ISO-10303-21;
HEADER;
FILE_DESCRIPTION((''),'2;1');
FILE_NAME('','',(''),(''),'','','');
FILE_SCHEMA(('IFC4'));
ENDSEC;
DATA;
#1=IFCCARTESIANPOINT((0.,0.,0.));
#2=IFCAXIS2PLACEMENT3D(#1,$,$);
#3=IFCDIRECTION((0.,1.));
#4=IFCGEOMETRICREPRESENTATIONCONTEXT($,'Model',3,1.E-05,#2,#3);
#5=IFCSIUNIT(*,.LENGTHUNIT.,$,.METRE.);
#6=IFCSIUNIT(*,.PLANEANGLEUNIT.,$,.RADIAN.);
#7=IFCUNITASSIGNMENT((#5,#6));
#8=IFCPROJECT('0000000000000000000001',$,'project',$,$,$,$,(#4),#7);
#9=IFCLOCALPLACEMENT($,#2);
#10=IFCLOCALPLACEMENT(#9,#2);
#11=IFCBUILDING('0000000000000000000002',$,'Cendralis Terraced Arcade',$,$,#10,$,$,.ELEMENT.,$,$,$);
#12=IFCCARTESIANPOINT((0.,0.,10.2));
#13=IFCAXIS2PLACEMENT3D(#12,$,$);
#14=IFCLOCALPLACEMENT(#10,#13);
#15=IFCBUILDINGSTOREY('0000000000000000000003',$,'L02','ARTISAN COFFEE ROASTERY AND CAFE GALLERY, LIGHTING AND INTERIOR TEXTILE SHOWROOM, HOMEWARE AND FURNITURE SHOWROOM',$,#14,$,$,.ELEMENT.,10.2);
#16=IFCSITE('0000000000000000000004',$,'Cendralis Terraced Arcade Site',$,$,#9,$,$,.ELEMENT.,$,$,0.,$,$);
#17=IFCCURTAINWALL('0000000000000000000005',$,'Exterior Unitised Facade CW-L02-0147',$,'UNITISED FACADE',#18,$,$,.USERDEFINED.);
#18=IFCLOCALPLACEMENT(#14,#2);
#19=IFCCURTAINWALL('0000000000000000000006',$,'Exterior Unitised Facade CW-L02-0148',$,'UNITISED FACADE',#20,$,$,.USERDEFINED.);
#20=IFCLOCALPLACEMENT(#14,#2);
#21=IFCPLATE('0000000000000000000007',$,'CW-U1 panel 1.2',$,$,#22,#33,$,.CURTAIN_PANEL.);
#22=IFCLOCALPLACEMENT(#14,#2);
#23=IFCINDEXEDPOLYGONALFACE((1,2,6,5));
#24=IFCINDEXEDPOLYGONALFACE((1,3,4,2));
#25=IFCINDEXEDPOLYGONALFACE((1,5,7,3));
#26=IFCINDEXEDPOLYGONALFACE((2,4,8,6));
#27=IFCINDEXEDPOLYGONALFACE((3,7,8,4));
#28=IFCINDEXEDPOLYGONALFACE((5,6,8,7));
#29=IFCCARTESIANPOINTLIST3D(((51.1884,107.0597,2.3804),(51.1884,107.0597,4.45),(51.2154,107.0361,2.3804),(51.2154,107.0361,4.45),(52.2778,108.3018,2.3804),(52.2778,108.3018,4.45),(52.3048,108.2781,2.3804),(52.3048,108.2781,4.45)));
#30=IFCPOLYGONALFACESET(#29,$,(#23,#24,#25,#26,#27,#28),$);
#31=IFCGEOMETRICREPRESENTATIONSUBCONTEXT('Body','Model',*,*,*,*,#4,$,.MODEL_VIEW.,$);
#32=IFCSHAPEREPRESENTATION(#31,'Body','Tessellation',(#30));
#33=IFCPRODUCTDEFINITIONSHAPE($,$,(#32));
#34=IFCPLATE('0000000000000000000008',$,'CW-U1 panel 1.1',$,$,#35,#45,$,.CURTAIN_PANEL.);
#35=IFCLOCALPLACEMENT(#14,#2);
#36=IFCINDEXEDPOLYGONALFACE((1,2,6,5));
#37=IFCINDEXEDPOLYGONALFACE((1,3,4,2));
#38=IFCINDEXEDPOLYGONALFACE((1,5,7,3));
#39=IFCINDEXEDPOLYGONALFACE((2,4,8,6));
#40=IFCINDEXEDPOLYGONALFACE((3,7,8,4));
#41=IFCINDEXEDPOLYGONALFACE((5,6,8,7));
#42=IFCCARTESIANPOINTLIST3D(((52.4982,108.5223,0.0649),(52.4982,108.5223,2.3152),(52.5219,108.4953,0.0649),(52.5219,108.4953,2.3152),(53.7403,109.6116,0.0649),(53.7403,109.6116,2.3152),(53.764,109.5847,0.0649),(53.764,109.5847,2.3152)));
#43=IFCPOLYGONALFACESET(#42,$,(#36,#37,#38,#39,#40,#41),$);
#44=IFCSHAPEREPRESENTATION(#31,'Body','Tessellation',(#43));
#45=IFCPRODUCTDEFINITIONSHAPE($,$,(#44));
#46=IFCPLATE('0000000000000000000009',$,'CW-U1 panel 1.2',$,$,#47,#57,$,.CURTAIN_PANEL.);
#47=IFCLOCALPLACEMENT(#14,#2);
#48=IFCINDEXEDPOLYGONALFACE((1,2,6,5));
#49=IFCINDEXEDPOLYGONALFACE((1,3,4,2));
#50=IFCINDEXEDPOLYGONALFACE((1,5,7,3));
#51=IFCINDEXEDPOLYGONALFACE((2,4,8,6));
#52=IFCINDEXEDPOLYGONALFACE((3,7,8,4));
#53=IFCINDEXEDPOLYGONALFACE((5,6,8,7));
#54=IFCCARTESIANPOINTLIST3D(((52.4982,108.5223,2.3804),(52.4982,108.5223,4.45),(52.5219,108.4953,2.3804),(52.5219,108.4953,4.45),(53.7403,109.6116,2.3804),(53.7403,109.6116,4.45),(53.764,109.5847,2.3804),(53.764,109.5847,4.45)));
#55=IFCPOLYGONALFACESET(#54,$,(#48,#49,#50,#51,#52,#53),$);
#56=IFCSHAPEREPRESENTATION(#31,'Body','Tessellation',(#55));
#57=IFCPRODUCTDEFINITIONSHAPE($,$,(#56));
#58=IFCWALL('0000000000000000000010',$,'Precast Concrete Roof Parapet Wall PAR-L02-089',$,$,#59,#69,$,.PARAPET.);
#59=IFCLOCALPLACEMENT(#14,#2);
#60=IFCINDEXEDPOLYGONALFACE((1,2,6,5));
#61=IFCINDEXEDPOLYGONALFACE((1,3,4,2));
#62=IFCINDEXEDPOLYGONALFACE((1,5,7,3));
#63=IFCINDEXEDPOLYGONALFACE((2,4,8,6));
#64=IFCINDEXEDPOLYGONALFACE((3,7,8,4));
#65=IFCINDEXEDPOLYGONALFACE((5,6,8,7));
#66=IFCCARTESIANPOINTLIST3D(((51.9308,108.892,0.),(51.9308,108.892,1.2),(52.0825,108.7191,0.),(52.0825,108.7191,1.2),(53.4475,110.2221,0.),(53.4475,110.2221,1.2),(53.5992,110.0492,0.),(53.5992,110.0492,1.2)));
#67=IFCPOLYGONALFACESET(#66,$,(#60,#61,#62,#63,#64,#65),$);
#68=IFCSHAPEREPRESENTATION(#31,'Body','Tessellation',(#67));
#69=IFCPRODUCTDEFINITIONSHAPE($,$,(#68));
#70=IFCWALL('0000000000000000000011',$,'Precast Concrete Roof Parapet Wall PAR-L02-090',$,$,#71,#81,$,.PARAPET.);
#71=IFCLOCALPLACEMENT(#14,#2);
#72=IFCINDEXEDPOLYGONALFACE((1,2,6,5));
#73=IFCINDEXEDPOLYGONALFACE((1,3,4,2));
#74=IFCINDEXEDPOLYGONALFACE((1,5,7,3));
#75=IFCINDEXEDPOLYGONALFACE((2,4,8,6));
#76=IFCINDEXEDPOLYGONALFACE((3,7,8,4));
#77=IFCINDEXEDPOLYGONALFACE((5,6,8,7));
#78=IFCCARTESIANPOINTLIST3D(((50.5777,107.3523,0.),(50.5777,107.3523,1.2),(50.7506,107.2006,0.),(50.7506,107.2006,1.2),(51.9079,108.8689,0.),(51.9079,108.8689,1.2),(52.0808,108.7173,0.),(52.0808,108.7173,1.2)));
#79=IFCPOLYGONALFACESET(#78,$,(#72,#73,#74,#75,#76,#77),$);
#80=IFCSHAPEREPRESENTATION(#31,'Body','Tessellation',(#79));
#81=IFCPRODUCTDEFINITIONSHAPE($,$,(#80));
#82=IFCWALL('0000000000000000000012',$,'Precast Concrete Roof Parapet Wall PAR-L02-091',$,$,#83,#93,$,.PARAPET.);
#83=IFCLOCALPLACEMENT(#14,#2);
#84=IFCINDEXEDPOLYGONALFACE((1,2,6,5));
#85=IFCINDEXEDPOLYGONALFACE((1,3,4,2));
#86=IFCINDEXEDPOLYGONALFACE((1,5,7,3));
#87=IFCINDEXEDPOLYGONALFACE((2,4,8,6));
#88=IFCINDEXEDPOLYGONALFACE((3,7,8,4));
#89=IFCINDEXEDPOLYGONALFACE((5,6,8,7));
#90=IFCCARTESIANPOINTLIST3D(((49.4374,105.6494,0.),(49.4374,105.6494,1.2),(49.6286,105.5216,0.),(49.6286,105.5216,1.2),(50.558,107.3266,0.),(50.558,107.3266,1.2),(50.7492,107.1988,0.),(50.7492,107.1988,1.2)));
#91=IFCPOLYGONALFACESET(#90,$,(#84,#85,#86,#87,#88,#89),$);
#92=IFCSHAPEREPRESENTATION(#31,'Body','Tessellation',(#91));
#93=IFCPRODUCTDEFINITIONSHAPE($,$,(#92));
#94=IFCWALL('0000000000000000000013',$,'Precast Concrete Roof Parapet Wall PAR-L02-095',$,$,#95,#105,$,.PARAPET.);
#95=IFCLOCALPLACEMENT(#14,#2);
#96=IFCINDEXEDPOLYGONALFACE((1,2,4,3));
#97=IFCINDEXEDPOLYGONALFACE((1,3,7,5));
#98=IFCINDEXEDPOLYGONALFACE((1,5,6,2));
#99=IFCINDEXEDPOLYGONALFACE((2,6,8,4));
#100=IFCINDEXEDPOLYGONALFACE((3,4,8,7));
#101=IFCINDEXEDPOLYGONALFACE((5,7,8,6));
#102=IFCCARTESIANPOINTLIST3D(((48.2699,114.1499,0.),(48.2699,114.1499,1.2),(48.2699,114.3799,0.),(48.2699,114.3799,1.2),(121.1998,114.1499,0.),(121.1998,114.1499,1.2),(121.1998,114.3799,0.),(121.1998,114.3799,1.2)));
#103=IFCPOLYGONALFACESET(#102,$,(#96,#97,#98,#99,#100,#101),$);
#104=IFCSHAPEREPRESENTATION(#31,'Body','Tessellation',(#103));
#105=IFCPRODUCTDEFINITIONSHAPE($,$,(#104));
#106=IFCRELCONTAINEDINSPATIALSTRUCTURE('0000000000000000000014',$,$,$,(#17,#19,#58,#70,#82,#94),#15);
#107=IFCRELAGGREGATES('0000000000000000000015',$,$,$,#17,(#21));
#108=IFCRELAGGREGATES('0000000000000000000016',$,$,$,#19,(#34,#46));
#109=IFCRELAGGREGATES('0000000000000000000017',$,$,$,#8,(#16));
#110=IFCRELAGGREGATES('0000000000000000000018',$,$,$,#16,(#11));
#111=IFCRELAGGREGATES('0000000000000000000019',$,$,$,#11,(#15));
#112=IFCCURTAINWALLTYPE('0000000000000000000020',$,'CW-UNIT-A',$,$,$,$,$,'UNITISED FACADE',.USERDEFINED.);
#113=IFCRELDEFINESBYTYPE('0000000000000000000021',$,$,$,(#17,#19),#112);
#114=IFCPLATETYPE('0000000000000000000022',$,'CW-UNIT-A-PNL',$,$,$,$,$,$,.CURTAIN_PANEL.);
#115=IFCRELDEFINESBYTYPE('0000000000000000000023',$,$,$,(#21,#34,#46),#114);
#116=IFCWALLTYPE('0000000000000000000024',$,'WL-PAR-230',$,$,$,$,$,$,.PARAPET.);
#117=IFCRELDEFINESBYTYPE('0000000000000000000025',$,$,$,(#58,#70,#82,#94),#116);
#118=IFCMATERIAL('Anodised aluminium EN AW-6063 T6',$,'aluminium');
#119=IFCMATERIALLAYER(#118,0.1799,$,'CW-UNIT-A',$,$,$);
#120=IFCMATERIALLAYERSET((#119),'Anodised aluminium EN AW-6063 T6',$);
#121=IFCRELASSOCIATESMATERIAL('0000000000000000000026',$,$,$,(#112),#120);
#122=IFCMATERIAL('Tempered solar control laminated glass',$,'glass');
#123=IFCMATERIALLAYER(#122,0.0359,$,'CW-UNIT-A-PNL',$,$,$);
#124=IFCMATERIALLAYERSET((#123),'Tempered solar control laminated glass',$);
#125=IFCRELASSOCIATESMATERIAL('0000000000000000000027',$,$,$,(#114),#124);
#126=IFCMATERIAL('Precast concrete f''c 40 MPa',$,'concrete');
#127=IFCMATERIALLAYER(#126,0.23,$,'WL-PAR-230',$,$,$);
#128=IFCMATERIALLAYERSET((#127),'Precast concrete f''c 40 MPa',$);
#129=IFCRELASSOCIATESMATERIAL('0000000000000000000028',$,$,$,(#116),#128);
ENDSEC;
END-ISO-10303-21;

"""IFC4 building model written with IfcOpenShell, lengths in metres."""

from ifc_helpers import new_model, si_unit, direction, frame, frame_2d, origin, origin_2d, place, context, subcontext, project, spatial, rectangle, extrude, material, layer, layer_set, type_object, element, aggregate, save


model = new_model("IFC4")

# Units and contexts
model_context = context("Model", 3, precision=1e-05, world=origin(), true_north=direction((0.0, 1.0)))
body_context = subcontext(model_context, "Body", "Model", "MODEL_VIEW")
ifc_project = project(units=[si_unit("LENGTHUNIT", "METRE"), si_unit("PLANEANGLEUNIT", "RADIAN")], contexts=[model_context])

# Site, building, storey
site_placement = place(None, origin())
site = spatial("IfcSite", under=ifc_project, at=site_placement, Name="Cendralis Terraced Arcade Site", CompositionType="ELEMENT", RefElevation=0.0)
building_placement = place(site_placement, origin())
building = spatial("IfcBuilding", under=site, at=building_placement, Name="Cendralis Terraced Arcade", CompositionType="ELEMENT")
storey_placement = place(building_placement, frame((0.0, 0.0, 10.2)))
storey = spatial("IfcBuildingStorey", under=building, at=storey_placement, Name="L02", Description="ARTISAN COFFEE ROASTERY AND CAFE GALLERY, LIGHTING AND INTERIOR TEXTILE SHOWROOM, HOMEWARE AND FURNITURE SHOWROOM", CompositionType="ELEMENT", Elevation=10.2)

# Shared definitions
ifc_material_1 = material(Name="Anodised aluminium EN AW-6063 T6", Category="aluminium")
ifc_layer_1 = layer(ifc_material_1, 0.1799, Name="CW-UNIT-A")
ifc_layer_set_1 = layer_set([ifc_layer_1], Name="Anodised aluminium EN AW-6063 T6")
curtain_wall_type = type_object("IfcCurtainWallType", Name="CW-UNIT-A", ElementType="UNITISED FACADE", PredefinedType="USERDEFINED", material=ifc_layer_set_1)

# Curtain walls
curtain_wall_1_placement = place(storey_placement, origin())
curtain_wall_1 = element("IfcCurtainWall", 1, at=curtain_wall_1_placement, inside=storey, type_object=curtain_wall_type, Name="Exterior Unitised Facade CW-L02-0147", ObjectType="UNITISED FACADE", PredefinedType="USERDEFINED")
curtain_wall_2_placement = place(storey_placement, origin())
curtain_wall_2 = element("IfcCurtainWall", 2, at=curtain_wall_2_placement, inside=storey, type_object=curtain_wall_type, Name="Exterior Unitised Facade CW-L02-0148", ObjectType="UNITISED FACADE", PredefinedType="USERDEFINED")

# Plates
ifc_material_2 = material(Name="Tempered solar control laminated glass", Category="glass")
ifc_layer_2 = layer(ifc_material_2, 0.0359, Name="CW-UNIT-A-PNL")
ifc_layer_set_2 = layer_set([ifc_layer_2], Name="Tempered solar control laminated glass")
plate_type = type_object("IfcPlateType", Name="CW-UNIT-A-PNL", PredefinedType="CURTAIN_PANEL", material=ifc_layer_set_2)
plate_1_placement = place(storey_placement, frame((51.7466, 107.6689, 2.3804), z_axis=(0.0, 0.0, 1.0), x_axis=(0.659386, 0.751804, 0.0)))
plate_1 = element("IfcPlate", 3, at=plate_1_placement, type_object=plate_type, Name="CW-U1 panel 1.2", PredefinedType="CURTAIN_PANEL", context=body_context, shape_type="SweptSolid", body=[
    extrude(rectangle(XDim=1.6521, YDim=0.0359, at=origin_2d()), origin(), (0.0, 0.0, 1.0), 2.0696),
])
aggregate(curtain_wall_1, [plate_1])
plate_2_placement = place(storey_placement, frame((53.1311, 109.0535, 0.0649), z_axis=(0.0, 0.0, 1.0), x_axis=(0.751804, 0.659386, 0.0)))
plate_2 = element("IfcPlate", 4, at=plate_2_placement, type_object=plate_type, Name="CW-U1 panel 1.1", PredefinedType="CURTAIN_PANEL", context=body_context, shape_type="SweptSolid", body=[
    extrude(rectangle(XDim=1.6521, YDim=0.0359, at=origin_2d()), origin(), (0.0, 0.0, 1.0), 2.2502),
])
plate_3_placement = place(storey_placement, frame((53.1311, 109.0535, 2.3804), z_axis=(0.0, 0.0, 1.0), x_axis=(0.751804, 0.659386, 0.0)))
plate_3 = element("IfcPlate", 5, at=plate_3_placement, type_object=plate_type, Name="CW-U1 panel 1.2", PredefinedType="CURTAIN_PANEL", context=body_context, shape_type="SweptSolid", body=[
    extrude(rectangle(XDim=1.6521, YDim=0.0359, at=origin_2d()), origin(), (0.0, 0.0, 1.0), 2.0696),
])
aggregate(curtain_wall_2, [plate_2, plate_3])

# Walls
ifc_material_3 = material(Name="Precast concrete f'c 40 MPa", Category="concrete")
ifc_layer_3 = layer(ifc_material_3, 0.23, Name="WL-PAR-230")
ifc_layer_set_3 = layer_set([ifc_layer_3], Name="Precast concrete f'c 40 MPa")
wall_type = type_object("IfcWallType", Name="WL-PAR-230", PredefinedType="PARAPET", material=ifc_layer_set_3)
for number, where, z_axis, x_axis, name in (
    (6, (53.5234, 110.1357, 0.0), (0.0, 0.0, 1.0), (-0.751826, -0.659361, 0.0), "Precast Concrete Roof Parapet Wall PAR-L02-089"),
    (7, (51.9944, 108.7932, 0.0), (0.0, 0.0, 1.0), (-0.659361, -0.751826, 0.0), "Precast Concrete Roof Parapet Wall PAR-L02-090"),
):
    element("IfcWall", number, at=place(storey_placement, frame(where, z_axis=z_axis, x_axis=x_axis)), inside=storey, type_object=wall_type, Name=name, PredefinedType="PARAPET", context=body_context, shape_type="SweptSolid", body=[
        extrude(rectangle(XDim=2.0173, YDim=0.23, at=frame_2d((1.0088, 0.0))), origin(), (0.0, 0.0, 1.0), 1.2),
    ])
wall_1_placement = place(storey_placement, frame((50.6536, 107.2627, 0.0), z_axis=(0.0, 0.0, 1.0), x_axis=(-0.555538, -0.831491, 0.0)))
element("IfcWall", 8, at=wall_1_placement, inside=storey, type_object=wall_type, Name="Precast Concrete Roof Parapet Wall PAR-L02-091", PredefinedType="PARAPET", context=body_context, shape_type="SweptSolid", body=[
    extrude(rectangle(XDim=2.0171, YDim=0.23, at=frame_2d((1.0085, 0.0))), origin(), (0.0, 0.0, 1.0), 1.2),
])
wall_2_placement = place(storey_placement, frame((48.27, 114.2649, 0.0), z_axis=(0.0, 0.0, 1.0), x_axis=(1.0, 0.0, 0.0)))
element("IfcWall", 9, at=wall_2_placement, inside=storey, type_object=wall_type, Name="Precast Concrete Roof Parapet Wall PAR-L02-095", PredefinedType="PARAPET", context=body_context, shape_type="SweptSolid", body=[
    extrude(rectangle(XDim=72.9299, YDim=0.23, at=frame_2d((36.4648, 0.0))), origin(), (0.0, 0.0, 1.0), 1.2),
])

save(model, "model.ifc")
